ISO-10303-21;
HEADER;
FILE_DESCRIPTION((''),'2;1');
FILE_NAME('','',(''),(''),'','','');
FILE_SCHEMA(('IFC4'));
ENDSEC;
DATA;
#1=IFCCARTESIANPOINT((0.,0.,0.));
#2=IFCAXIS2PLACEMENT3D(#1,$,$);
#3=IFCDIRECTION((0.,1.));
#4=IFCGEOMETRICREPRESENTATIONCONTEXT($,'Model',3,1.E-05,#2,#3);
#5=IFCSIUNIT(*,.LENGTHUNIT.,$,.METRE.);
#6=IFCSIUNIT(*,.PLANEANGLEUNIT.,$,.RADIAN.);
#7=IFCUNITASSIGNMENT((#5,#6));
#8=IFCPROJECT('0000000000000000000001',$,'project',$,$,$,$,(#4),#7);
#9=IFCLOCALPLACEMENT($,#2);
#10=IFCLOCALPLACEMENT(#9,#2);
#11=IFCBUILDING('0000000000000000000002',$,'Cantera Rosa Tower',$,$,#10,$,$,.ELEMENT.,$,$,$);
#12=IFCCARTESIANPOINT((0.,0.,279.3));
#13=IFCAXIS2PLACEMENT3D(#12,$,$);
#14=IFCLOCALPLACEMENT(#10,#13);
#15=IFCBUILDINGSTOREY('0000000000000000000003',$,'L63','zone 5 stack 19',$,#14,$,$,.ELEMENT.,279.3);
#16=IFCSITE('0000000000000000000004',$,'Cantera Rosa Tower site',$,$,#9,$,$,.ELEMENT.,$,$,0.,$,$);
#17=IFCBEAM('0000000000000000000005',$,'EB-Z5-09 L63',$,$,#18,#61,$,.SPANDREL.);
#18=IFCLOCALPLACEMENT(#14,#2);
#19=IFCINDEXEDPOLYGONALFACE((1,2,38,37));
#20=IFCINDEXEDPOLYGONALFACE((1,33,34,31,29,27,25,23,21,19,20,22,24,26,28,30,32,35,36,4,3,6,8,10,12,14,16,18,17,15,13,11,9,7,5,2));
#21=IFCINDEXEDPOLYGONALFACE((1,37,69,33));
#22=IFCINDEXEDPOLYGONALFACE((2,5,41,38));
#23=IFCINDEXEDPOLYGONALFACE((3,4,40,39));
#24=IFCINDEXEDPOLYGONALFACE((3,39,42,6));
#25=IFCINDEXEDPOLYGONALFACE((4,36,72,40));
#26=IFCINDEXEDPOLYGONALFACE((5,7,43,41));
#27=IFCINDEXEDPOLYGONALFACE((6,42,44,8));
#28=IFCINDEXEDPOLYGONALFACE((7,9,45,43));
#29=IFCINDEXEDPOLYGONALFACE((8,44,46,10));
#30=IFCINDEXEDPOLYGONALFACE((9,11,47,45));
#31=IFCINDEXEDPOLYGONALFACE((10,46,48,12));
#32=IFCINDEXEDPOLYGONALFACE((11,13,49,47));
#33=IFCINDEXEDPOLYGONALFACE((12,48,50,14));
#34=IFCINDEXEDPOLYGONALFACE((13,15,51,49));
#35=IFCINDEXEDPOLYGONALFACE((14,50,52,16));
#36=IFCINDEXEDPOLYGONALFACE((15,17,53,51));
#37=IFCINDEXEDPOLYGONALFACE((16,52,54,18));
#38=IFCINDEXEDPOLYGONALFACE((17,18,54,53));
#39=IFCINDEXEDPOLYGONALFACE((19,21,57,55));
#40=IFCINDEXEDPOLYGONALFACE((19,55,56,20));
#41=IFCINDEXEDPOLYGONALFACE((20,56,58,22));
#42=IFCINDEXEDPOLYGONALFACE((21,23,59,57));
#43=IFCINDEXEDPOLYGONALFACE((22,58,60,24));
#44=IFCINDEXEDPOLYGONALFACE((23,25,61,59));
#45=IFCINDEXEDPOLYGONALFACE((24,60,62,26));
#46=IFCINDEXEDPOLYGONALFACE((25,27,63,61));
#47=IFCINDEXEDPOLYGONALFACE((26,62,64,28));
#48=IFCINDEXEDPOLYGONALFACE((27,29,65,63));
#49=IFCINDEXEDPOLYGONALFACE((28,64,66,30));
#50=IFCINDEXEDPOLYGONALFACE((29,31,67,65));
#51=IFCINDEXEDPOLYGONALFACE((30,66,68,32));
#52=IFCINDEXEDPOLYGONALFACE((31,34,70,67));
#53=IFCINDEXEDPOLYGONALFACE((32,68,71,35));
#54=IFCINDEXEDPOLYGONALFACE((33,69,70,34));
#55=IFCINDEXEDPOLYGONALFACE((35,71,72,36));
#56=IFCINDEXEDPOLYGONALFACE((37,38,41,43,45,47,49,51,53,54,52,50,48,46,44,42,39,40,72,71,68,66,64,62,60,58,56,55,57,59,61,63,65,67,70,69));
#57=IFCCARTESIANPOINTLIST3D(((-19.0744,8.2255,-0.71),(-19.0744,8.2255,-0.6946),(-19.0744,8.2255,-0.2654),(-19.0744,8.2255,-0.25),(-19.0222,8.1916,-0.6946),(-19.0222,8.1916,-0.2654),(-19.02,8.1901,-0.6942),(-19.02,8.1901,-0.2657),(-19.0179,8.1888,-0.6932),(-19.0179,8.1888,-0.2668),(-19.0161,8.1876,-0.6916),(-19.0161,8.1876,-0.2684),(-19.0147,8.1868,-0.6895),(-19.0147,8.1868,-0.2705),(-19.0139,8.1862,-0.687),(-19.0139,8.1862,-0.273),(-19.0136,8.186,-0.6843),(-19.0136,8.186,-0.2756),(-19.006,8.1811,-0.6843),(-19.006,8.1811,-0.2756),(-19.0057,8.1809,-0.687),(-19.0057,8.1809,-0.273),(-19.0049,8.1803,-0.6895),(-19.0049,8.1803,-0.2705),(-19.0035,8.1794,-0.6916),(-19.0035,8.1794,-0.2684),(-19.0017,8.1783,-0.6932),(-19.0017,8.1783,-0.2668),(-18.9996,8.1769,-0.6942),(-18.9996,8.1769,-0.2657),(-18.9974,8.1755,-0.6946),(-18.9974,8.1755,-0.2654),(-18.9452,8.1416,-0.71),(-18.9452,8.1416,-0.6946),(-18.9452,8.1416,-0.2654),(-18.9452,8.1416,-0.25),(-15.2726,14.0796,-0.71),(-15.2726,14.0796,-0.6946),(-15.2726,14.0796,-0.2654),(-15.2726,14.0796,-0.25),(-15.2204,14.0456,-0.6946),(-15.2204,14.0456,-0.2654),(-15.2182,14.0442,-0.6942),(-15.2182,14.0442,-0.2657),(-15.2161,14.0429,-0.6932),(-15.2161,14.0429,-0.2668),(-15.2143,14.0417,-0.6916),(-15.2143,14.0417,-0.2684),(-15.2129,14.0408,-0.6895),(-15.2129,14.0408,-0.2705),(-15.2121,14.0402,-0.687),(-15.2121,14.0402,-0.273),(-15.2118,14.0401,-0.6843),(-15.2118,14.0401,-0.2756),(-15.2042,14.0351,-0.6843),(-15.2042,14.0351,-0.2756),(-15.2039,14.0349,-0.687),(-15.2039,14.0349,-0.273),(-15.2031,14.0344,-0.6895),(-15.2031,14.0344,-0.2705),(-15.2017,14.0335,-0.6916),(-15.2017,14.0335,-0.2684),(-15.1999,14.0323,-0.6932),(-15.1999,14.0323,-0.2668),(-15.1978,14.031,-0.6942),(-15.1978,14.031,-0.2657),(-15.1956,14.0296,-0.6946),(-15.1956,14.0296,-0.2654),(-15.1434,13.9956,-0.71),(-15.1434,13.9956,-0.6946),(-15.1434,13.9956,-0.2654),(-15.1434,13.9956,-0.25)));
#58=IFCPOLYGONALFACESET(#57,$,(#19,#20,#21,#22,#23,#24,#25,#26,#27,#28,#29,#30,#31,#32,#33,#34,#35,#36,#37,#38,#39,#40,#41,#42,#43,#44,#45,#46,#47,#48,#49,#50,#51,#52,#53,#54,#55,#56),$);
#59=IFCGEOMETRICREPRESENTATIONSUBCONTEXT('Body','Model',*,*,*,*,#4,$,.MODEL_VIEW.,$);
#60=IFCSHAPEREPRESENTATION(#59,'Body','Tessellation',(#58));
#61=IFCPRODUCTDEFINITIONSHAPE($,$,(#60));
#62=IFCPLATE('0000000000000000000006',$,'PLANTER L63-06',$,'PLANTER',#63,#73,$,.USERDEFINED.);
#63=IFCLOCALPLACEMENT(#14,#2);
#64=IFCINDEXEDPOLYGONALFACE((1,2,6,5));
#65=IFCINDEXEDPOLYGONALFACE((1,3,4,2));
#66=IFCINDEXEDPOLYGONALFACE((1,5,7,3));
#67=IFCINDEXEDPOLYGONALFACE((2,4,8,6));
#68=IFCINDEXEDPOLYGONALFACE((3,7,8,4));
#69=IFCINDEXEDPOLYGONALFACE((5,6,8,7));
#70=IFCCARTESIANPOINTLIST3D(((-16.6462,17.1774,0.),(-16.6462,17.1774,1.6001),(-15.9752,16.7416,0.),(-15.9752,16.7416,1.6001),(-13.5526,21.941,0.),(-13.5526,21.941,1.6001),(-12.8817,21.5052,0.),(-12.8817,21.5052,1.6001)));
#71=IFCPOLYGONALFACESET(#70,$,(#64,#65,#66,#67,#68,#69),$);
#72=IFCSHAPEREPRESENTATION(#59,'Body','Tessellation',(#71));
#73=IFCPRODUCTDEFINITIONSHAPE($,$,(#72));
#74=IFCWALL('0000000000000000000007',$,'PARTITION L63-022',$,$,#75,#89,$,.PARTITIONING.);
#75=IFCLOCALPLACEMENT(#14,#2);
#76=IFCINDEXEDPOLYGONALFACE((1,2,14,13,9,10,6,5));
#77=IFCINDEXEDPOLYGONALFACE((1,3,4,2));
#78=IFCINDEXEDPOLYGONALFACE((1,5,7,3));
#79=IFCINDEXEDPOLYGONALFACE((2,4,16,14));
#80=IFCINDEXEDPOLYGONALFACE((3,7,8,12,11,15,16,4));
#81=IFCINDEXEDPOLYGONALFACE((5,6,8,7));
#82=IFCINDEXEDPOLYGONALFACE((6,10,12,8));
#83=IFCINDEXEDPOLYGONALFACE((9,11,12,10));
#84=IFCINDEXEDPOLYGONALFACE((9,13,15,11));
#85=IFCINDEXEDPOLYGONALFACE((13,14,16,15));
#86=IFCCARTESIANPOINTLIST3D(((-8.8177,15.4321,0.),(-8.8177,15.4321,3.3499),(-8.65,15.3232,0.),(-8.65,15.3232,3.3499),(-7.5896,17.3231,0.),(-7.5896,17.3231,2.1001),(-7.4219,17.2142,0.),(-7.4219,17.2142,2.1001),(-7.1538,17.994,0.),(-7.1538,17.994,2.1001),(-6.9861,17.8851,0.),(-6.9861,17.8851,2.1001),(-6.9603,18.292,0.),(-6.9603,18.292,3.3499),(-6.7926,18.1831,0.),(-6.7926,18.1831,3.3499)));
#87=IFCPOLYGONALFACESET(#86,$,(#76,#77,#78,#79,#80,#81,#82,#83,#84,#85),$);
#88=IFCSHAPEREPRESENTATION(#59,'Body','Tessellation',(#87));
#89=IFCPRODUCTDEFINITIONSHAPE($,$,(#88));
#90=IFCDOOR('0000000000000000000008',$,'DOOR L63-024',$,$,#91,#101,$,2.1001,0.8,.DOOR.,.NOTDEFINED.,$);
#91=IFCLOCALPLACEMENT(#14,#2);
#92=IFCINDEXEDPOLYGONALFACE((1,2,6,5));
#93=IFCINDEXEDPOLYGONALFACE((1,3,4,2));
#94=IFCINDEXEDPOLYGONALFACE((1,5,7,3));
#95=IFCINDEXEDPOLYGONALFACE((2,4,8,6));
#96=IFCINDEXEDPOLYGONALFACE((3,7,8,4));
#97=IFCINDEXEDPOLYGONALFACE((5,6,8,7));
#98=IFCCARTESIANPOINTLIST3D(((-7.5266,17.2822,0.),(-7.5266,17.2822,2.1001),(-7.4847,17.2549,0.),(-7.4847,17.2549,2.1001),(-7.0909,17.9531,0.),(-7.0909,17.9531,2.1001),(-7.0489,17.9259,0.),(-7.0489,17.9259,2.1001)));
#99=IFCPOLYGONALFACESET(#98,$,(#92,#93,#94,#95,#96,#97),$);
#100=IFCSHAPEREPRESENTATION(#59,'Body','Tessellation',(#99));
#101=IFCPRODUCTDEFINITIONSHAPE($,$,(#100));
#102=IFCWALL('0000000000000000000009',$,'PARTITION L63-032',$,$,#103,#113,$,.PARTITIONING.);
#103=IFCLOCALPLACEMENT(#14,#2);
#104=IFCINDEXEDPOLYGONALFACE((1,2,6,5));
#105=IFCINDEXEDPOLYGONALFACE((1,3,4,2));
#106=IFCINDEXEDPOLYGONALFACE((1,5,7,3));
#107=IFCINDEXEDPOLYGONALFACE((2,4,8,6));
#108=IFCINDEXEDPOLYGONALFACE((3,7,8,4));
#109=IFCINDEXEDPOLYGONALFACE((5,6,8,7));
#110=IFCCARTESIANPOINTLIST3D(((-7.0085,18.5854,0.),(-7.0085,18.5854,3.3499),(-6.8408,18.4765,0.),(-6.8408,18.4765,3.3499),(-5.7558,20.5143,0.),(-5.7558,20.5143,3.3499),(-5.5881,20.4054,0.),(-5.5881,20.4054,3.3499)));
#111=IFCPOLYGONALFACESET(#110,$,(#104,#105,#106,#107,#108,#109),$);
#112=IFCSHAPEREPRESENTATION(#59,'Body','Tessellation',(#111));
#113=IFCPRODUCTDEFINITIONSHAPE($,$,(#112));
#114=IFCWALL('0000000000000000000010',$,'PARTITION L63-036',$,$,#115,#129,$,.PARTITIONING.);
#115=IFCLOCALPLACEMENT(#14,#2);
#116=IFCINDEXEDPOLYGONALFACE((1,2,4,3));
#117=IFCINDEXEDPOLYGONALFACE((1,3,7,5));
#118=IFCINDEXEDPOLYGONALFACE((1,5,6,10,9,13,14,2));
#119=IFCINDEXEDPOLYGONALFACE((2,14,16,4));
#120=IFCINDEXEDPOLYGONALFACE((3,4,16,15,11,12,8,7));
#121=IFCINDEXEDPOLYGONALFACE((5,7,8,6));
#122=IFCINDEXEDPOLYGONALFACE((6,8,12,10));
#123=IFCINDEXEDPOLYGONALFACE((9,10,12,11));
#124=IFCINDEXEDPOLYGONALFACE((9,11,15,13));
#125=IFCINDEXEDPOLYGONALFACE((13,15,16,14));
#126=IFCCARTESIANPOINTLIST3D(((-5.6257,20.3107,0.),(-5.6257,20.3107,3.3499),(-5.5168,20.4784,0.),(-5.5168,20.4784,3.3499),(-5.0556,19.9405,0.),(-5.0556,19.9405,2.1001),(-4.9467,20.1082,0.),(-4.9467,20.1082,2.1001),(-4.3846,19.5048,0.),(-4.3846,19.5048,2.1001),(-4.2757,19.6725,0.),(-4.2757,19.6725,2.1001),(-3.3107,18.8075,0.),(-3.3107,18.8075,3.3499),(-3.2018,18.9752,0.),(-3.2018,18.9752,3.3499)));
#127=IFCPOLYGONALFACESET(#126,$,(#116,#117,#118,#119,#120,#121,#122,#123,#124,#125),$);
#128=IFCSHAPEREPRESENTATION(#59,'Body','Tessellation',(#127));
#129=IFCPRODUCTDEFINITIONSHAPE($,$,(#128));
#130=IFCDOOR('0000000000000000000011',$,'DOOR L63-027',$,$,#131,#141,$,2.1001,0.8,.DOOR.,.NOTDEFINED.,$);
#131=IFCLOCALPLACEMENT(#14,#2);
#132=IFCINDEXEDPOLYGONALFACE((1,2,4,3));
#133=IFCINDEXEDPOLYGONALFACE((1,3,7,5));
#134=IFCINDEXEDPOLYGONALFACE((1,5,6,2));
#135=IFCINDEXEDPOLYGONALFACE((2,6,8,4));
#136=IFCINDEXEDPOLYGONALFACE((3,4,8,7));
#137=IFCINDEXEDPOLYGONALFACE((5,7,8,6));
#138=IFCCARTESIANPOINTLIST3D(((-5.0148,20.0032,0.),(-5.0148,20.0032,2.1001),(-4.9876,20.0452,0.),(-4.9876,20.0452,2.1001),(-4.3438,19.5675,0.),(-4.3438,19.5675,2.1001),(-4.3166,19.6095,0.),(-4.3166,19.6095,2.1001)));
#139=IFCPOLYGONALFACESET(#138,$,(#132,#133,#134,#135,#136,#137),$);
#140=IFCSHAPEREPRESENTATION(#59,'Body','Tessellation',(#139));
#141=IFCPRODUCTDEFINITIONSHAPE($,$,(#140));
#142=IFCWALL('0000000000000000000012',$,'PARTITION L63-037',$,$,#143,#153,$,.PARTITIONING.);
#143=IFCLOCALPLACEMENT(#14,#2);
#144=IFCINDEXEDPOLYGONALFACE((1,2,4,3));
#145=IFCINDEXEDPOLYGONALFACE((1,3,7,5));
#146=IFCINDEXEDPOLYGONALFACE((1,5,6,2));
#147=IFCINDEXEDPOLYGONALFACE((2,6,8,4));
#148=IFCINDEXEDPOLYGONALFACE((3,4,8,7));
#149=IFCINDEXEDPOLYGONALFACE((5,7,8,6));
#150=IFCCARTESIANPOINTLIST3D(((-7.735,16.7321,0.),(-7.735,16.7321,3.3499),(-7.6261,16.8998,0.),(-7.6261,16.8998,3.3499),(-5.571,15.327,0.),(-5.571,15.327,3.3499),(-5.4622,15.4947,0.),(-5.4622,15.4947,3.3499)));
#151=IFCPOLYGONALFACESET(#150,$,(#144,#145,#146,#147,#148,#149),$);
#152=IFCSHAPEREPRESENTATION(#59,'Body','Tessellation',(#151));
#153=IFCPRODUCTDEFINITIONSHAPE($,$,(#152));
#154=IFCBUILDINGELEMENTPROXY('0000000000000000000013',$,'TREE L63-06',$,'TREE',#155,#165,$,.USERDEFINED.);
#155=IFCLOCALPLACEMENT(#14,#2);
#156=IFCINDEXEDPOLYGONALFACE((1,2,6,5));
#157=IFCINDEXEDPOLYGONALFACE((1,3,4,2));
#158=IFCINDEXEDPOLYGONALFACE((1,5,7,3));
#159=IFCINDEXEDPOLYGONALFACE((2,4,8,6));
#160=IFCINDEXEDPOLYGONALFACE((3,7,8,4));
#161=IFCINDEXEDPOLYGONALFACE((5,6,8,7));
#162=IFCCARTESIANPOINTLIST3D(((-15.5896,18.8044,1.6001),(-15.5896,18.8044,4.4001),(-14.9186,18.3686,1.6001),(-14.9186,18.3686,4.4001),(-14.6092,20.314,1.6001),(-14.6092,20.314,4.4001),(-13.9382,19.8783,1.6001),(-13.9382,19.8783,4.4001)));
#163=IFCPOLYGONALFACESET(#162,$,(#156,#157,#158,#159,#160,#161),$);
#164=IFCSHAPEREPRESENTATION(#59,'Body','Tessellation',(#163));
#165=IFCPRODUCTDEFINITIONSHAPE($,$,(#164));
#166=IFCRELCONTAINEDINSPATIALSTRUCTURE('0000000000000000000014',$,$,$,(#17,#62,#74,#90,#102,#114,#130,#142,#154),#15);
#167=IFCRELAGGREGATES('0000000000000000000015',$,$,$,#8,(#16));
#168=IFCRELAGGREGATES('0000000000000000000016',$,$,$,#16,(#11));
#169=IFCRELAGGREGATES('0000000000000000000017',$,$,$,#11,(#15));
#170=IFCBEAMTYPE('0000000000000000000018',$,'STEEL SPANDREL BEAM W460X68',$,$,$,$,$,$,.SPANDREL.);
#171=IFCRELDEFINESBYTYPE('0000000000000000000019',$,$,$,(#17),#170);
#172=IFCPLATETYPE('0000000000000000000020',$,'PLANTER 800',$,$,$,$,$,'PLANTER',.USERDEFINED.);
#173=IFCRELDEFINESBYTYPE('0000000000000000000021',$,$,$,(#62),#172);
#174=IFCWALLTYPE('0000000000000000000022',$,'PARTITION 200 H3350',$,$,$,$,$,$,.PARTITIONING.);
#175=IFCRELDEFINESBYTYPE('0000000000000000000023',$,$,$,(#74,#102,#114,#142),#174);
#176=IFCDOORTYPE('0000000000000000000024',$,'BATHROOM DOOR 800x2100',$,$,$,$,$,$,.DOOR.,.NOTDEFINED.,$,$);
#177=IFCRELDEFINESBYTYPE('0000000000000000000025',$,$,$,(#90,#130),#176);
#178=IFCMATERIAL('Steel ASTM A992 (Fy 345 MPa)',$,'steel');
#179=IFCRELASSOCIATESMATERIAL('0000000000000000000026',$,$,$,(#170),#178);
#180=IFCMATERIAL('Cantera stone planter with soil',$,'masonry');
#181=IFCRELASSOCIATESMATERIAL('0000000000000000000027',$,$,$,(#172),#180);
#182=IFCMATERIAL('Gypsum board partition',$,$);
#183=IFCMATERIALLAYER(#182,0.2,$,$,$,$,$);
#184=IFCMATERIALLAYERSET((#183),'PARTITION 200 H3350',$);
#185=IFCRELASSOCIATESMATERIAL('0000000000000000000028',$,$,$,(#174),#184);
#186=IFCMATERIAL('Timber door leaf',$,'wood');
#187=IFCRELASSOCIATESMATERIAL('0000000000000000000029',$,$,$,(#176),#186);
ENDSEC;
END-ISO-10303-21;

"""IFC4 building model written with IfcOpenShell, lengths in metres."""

from ifc_helpers import new_model, si_unit, direction, frame, frame_2d, origin, origin_2d, place, context, subcontext, project, spatial, rectangle, i_section, extrude, material, layer, layer_set, material_profile, profile_set, type_object, element, fill, save


model = new_model("IFC4")

# Units and contexts
model_context = context("Model", 3, precision=1e-05, world=origin(), true_north=direction((0.0, 1.0)))
body_context = subcontext(model_context, "Body", "Model", "MODEL_VIEW")
ifc_project = project(units=[si_unit("LENGTHUNIT", "METRE"), si_unit("PLANEANGLEUNIT", "RADIAN")], contexts=[model_context])

# Site, building, storey
site_placement = place(None, origin())
site = spatial("IfcSite", under=ifc_project, at=site_placement, Name="Cantera Rosa Tower site", CompositionType="ELEMENT", RefElevation=0.0)
building_placement = place(site_placement, origin())
building = spatial("IfcBuilding", under=site, at=building_placement, Name="Cantera Rosa Tower", CompositionType="ELEMENT")
storey_placement = place(building_placement, frame((0.0, 0.0, 279.3)))
storey = spatial("IfcBuildingStorey", under=building, at=storey_placement, Name="L63", Description="zone 5 stack 19", CompositionType="ELEMENT", Elevation=279.3)

# Beam
ifc_material_1 = material(Name="Steel ASTM A992 (Fy 345 MPa)", Category="steel")
ifc_material_profile_1 = material_profile(ifc_material_1, i_section(OverallWidth=0.1541, OverallDepth=0.46, WebThickness=0.009, FlangeThickness=0.0154, FilletRadius=0.0103, at=origin_2d()), Name="W460X68")
ifc_profile_set_1 = profile_set([ifc_material_profile_1], Name="Steel ASTM A992 (Fy 345 MPa)")
beam_type_1 = type_object("IfcBeamType", Name="STEEL SPANDREL BEAM W460X68", PredefinedType="SPANDREL", material=ifc_profile_set_1)
for number, where, z_axis, x_axis, name in (
    (1, (-15.208, 14.0376, -0.48), (-0.544651, -0.838663, 0.0), (0.838663, -0.544651, 0.0), "EB-Z5-09 L63"),
):
    element("IfcBeam", number, at=place(storey_placement, frame(where, z_axis=z_axis, x_axis=x_axis)), inside=storey, type_object=beam_type_1, Name=name, PredefinedType="SPANDREL", context=body_context, shape_type="SweptSolid", body=[
        extrude(i_section(OverallWidth=0.1541, OverallDepth=0.46, WebThickness=0.009, FlangeThickness=0.0154, FilletRadius=0.0103, at=origin_2d()), origin(), (0.0, 0.0, 1.0), 6.9802),
    ])

# Plate
ifc_material_2 = material(Name="Cantera stone planter with soil", Category="masonry")
plate_type = type_object("IfcPlateType", Name="PLANTER 800", ElementType="PLANTER", PredefinedType="USERDEFINED", material=ifc_material_2)
plate_placement = place(storey_placement, frame((-14.7639, 19.3413, 0.0), z_axis=(0.0, 0.0, 1.0), x_axis=(-0.544639, -0.838671, 0.0)))
element("IfcPlate", 2, at=plate_placement, inside=storey, type_object=plate_type, Name="PLANTER L63-06", ObjectType="PLANTER", PredefinedType="USERDEFINED", context=body_context, shape_type="SweptSolid", body=[
    extrude(rectangle(XDim=5.6799, YDim=0.8, at=origin_2d()), origin(), (0.0, 0.0, 1.0), 1.6001),
])

# Wall, opening, door
ifc_material_3 = material(Name="Gypsum board partition")
ifc_layer_1 = layer(ifc_material_3, 0.2)
ifc_layer_set_1 = layer_set([ifc_layer_1], Name="PARTITION 200 H3350")
wall_type_1 = type_object("IfcWallType", Name="PARTITION 200 H3350", PredefinedType="PARTITIONING", material=ifc_layer_set_1)
wall_1_placement = place(storey_placement, frame((-8.7339, 15.3777, 0.0), z_axis=(0.0, 0.0, 1.0), x_axis=(0.544681, 0.838643, 0.0)))
wall_1 = element("IfcWall", 3, at=wall_1_placement, inside=storey, type_object=wall_type_1, Name="PARTITION L63-022", PredefinedType="PARTITIONING", context=body_context, shape_type="SweptSolid", body=[
    extrude(rectangle(XDim=3.4102, YDim=0.2, at=frame_2d((1.7051, 0.0))), origin(), (0.0, 0.0, 1.0), 3.3499),
])
opening_1_placement = place(wall_1_placement, frame((2.2549, 0.0, 0.0)))
opening_1 = element("IfcOpeningElement", 4, at=opening_1_placement, cuts=wall_1, PredefinedType="OPENING", context=body_context, shape_type="SweptSolid", body=[
    extrude(rectangle(XDim=0.8, YDim=2.1001, at=frame_2d((0.3999, 1.05))), frame((0.0, 0.1099, 0.0), z_axis=(0.0, -1.0, 0.0), x_axis=(1.0, 0.0, 0.0)), (0.0, 0.0, 1.0), 0.22),
])
ifc_material_4 = material(Name="Timber door leaf", Category="wood")
door_type_1 = type_object("IfcDoorType", Name="BATHROOM DOOR 800x2100", OperationType="NOTDEFINED", PredefinedType="DOOR", material=ifc_material_4)
door_1_placement = place(opening_1_placement, origin())
door_1 = element("IfcDoor", 5, at=door_1_placement, inside=storey, type_object=door_type_1, Name="DOOR L63-024", OperationType="NOTDEFINED", OverallHeight=2.1001, OverallWidth=0.8, PredefinedType="DOOR", context=body_context, shape_type="SweptSolid", body=[
    extrude(rectangle(XDim=0.8, YDim=2.1001, at=frame_2d((0.3999, 1.05))), frame((0.0, 0.0249, 0.0), z_axis=(0.0, -1.0, 0.0), x_axis=(1.0, 0.0, 0.0)), (0.0, 0.0, 1.0), 0.05),
])
fill(opening_1, door_1)

# Wall
wall_2_placement = place(storey_placement, frame((-6.9246, 18.531, 0.0), z_axis=(0.0, 0.0, 1.0), x_axis=(0.544641, 0.838669, 0.0)))
element("IfcWall", 6, at=wall_2_placement, inside=storey, type_object=wall_type_1, Name="PARTITION L63-032", PredefinedType="PARTITIONING", context=body_context, shape_type="SweptSolid", body=[
    extrude(rectangle(XDim=2.3, YDim=0.2, at=frame_2d((1.1499, 0.0))), origin(), (0.0, 0.0, 1.0), 3.3499),
])

# Wall, opening, door
wall_3_placement = place(storey_placement, frame((-5.5713, 20.3945, 0.0), z_axis=(0.0, 0.0, 1.0), x_axis=(0.838698, -0.544597, 0.0)))
wall_3 = element("IfcWall", 7, at=wall_3_placement, inside=storey, type_object=wall_type_1, Name="PARTITION L63-036", PredefinedType="PARTITIONING", context=body_context, shape_type="SweptSolid", body=[
    extrude(rectangle(XDim=2.7603, YDim=0.2, at=frame_2d((1.3801, 0.0))), origin(), (0.0, 0.0, 1.0), 3.3499),
])
opening_2_placement = place(wall_3_placement, frame((0.6799, 0.0, 0.0)))
opening_2 = element("IfcOpeningElement", 8, at=opening_2_placement, cuts=wall_3, PredefinedType="OPENING", context=body_context, shape_type="SweptSolid", body=[
    extrude(rectangle(XDim=0.8, YDim=2.1001, at=frame_2d((0.3999, 1.05))), frame((0.0, 0.1099, 0.0), z_axis=(0.0, -1.0, 0.0), x_axis=(1.0, 0.0, 0.0)), (0.0, 0.0, 1.0), 0.22),
])
door_2_placement = place(opening_2_placement, origin())
door_2 = element("IfcDoor", 9, at=door_2_placement, inside=storey, type_object=door_type_1, Name="DOOR L63-027", OperationType="NOTDEFINED", OverallHeight=2.1001, OverallWidth=0.8, PredefinedType="DOOR", context=body_context, shape_type="SweptSolid", body=[
    extrude(rectangle(XDim=0.8, YDim=2.1001, at=frame_2d((0.3999, 1.05))), frame((0.0, 0.0249, 0.0), z_axis=(0.0, -1.0, 0.0), x_axis=(1.0, 0.0, 0.0)), (0.0, 0.0, 1.0), 0.05),
])
fill(opening_2, door_2)

# Wall
wall_4_placement = place(storey_placement, frame((-5.5166, 15.4109, 0.0), z_axis=(0.0, 0.0, 1.0), x_axis=(-0.838701, 0.544592, 0.0)))
element("IfcWall", 10, at=wall_4_placement, inside=storey, type_object=wall_type_1, Name="PARTITION L63-037", PredefinedType="PARTITIONING", context=body_context, shape_type="SweptSolid", body=[
    extrude(rectangle(XDim=2.5801, YDim=0.2, at=frame_2d((1.29, 0.0))), origin(), (0.0, 0.0, 1.0), 3.3499),
])

# Building element proxy
proxy_placement = place(storey_placement, frame((-14.7639, 19.3413, 1.6001), z_axis=(0.0, 0.0, 1.0), x_axis=(-0.544639, -0.838671, 0.0)))
element("IfcBuildingElementProxy", 11, at=proxy_placement, inside=storey, Name="TREE L63-06", ObjectType="TREE", PredefinedType="USERDEFINED", context=body_context, shape_type="SweptSolid", body=[
    extrude(rectangle(XDim=1.8, YDim=0.8, at=origin_2d()), origin(), (0.0, 0.0, 1.0), 2.8),
])

save(model, "model.ifc")
